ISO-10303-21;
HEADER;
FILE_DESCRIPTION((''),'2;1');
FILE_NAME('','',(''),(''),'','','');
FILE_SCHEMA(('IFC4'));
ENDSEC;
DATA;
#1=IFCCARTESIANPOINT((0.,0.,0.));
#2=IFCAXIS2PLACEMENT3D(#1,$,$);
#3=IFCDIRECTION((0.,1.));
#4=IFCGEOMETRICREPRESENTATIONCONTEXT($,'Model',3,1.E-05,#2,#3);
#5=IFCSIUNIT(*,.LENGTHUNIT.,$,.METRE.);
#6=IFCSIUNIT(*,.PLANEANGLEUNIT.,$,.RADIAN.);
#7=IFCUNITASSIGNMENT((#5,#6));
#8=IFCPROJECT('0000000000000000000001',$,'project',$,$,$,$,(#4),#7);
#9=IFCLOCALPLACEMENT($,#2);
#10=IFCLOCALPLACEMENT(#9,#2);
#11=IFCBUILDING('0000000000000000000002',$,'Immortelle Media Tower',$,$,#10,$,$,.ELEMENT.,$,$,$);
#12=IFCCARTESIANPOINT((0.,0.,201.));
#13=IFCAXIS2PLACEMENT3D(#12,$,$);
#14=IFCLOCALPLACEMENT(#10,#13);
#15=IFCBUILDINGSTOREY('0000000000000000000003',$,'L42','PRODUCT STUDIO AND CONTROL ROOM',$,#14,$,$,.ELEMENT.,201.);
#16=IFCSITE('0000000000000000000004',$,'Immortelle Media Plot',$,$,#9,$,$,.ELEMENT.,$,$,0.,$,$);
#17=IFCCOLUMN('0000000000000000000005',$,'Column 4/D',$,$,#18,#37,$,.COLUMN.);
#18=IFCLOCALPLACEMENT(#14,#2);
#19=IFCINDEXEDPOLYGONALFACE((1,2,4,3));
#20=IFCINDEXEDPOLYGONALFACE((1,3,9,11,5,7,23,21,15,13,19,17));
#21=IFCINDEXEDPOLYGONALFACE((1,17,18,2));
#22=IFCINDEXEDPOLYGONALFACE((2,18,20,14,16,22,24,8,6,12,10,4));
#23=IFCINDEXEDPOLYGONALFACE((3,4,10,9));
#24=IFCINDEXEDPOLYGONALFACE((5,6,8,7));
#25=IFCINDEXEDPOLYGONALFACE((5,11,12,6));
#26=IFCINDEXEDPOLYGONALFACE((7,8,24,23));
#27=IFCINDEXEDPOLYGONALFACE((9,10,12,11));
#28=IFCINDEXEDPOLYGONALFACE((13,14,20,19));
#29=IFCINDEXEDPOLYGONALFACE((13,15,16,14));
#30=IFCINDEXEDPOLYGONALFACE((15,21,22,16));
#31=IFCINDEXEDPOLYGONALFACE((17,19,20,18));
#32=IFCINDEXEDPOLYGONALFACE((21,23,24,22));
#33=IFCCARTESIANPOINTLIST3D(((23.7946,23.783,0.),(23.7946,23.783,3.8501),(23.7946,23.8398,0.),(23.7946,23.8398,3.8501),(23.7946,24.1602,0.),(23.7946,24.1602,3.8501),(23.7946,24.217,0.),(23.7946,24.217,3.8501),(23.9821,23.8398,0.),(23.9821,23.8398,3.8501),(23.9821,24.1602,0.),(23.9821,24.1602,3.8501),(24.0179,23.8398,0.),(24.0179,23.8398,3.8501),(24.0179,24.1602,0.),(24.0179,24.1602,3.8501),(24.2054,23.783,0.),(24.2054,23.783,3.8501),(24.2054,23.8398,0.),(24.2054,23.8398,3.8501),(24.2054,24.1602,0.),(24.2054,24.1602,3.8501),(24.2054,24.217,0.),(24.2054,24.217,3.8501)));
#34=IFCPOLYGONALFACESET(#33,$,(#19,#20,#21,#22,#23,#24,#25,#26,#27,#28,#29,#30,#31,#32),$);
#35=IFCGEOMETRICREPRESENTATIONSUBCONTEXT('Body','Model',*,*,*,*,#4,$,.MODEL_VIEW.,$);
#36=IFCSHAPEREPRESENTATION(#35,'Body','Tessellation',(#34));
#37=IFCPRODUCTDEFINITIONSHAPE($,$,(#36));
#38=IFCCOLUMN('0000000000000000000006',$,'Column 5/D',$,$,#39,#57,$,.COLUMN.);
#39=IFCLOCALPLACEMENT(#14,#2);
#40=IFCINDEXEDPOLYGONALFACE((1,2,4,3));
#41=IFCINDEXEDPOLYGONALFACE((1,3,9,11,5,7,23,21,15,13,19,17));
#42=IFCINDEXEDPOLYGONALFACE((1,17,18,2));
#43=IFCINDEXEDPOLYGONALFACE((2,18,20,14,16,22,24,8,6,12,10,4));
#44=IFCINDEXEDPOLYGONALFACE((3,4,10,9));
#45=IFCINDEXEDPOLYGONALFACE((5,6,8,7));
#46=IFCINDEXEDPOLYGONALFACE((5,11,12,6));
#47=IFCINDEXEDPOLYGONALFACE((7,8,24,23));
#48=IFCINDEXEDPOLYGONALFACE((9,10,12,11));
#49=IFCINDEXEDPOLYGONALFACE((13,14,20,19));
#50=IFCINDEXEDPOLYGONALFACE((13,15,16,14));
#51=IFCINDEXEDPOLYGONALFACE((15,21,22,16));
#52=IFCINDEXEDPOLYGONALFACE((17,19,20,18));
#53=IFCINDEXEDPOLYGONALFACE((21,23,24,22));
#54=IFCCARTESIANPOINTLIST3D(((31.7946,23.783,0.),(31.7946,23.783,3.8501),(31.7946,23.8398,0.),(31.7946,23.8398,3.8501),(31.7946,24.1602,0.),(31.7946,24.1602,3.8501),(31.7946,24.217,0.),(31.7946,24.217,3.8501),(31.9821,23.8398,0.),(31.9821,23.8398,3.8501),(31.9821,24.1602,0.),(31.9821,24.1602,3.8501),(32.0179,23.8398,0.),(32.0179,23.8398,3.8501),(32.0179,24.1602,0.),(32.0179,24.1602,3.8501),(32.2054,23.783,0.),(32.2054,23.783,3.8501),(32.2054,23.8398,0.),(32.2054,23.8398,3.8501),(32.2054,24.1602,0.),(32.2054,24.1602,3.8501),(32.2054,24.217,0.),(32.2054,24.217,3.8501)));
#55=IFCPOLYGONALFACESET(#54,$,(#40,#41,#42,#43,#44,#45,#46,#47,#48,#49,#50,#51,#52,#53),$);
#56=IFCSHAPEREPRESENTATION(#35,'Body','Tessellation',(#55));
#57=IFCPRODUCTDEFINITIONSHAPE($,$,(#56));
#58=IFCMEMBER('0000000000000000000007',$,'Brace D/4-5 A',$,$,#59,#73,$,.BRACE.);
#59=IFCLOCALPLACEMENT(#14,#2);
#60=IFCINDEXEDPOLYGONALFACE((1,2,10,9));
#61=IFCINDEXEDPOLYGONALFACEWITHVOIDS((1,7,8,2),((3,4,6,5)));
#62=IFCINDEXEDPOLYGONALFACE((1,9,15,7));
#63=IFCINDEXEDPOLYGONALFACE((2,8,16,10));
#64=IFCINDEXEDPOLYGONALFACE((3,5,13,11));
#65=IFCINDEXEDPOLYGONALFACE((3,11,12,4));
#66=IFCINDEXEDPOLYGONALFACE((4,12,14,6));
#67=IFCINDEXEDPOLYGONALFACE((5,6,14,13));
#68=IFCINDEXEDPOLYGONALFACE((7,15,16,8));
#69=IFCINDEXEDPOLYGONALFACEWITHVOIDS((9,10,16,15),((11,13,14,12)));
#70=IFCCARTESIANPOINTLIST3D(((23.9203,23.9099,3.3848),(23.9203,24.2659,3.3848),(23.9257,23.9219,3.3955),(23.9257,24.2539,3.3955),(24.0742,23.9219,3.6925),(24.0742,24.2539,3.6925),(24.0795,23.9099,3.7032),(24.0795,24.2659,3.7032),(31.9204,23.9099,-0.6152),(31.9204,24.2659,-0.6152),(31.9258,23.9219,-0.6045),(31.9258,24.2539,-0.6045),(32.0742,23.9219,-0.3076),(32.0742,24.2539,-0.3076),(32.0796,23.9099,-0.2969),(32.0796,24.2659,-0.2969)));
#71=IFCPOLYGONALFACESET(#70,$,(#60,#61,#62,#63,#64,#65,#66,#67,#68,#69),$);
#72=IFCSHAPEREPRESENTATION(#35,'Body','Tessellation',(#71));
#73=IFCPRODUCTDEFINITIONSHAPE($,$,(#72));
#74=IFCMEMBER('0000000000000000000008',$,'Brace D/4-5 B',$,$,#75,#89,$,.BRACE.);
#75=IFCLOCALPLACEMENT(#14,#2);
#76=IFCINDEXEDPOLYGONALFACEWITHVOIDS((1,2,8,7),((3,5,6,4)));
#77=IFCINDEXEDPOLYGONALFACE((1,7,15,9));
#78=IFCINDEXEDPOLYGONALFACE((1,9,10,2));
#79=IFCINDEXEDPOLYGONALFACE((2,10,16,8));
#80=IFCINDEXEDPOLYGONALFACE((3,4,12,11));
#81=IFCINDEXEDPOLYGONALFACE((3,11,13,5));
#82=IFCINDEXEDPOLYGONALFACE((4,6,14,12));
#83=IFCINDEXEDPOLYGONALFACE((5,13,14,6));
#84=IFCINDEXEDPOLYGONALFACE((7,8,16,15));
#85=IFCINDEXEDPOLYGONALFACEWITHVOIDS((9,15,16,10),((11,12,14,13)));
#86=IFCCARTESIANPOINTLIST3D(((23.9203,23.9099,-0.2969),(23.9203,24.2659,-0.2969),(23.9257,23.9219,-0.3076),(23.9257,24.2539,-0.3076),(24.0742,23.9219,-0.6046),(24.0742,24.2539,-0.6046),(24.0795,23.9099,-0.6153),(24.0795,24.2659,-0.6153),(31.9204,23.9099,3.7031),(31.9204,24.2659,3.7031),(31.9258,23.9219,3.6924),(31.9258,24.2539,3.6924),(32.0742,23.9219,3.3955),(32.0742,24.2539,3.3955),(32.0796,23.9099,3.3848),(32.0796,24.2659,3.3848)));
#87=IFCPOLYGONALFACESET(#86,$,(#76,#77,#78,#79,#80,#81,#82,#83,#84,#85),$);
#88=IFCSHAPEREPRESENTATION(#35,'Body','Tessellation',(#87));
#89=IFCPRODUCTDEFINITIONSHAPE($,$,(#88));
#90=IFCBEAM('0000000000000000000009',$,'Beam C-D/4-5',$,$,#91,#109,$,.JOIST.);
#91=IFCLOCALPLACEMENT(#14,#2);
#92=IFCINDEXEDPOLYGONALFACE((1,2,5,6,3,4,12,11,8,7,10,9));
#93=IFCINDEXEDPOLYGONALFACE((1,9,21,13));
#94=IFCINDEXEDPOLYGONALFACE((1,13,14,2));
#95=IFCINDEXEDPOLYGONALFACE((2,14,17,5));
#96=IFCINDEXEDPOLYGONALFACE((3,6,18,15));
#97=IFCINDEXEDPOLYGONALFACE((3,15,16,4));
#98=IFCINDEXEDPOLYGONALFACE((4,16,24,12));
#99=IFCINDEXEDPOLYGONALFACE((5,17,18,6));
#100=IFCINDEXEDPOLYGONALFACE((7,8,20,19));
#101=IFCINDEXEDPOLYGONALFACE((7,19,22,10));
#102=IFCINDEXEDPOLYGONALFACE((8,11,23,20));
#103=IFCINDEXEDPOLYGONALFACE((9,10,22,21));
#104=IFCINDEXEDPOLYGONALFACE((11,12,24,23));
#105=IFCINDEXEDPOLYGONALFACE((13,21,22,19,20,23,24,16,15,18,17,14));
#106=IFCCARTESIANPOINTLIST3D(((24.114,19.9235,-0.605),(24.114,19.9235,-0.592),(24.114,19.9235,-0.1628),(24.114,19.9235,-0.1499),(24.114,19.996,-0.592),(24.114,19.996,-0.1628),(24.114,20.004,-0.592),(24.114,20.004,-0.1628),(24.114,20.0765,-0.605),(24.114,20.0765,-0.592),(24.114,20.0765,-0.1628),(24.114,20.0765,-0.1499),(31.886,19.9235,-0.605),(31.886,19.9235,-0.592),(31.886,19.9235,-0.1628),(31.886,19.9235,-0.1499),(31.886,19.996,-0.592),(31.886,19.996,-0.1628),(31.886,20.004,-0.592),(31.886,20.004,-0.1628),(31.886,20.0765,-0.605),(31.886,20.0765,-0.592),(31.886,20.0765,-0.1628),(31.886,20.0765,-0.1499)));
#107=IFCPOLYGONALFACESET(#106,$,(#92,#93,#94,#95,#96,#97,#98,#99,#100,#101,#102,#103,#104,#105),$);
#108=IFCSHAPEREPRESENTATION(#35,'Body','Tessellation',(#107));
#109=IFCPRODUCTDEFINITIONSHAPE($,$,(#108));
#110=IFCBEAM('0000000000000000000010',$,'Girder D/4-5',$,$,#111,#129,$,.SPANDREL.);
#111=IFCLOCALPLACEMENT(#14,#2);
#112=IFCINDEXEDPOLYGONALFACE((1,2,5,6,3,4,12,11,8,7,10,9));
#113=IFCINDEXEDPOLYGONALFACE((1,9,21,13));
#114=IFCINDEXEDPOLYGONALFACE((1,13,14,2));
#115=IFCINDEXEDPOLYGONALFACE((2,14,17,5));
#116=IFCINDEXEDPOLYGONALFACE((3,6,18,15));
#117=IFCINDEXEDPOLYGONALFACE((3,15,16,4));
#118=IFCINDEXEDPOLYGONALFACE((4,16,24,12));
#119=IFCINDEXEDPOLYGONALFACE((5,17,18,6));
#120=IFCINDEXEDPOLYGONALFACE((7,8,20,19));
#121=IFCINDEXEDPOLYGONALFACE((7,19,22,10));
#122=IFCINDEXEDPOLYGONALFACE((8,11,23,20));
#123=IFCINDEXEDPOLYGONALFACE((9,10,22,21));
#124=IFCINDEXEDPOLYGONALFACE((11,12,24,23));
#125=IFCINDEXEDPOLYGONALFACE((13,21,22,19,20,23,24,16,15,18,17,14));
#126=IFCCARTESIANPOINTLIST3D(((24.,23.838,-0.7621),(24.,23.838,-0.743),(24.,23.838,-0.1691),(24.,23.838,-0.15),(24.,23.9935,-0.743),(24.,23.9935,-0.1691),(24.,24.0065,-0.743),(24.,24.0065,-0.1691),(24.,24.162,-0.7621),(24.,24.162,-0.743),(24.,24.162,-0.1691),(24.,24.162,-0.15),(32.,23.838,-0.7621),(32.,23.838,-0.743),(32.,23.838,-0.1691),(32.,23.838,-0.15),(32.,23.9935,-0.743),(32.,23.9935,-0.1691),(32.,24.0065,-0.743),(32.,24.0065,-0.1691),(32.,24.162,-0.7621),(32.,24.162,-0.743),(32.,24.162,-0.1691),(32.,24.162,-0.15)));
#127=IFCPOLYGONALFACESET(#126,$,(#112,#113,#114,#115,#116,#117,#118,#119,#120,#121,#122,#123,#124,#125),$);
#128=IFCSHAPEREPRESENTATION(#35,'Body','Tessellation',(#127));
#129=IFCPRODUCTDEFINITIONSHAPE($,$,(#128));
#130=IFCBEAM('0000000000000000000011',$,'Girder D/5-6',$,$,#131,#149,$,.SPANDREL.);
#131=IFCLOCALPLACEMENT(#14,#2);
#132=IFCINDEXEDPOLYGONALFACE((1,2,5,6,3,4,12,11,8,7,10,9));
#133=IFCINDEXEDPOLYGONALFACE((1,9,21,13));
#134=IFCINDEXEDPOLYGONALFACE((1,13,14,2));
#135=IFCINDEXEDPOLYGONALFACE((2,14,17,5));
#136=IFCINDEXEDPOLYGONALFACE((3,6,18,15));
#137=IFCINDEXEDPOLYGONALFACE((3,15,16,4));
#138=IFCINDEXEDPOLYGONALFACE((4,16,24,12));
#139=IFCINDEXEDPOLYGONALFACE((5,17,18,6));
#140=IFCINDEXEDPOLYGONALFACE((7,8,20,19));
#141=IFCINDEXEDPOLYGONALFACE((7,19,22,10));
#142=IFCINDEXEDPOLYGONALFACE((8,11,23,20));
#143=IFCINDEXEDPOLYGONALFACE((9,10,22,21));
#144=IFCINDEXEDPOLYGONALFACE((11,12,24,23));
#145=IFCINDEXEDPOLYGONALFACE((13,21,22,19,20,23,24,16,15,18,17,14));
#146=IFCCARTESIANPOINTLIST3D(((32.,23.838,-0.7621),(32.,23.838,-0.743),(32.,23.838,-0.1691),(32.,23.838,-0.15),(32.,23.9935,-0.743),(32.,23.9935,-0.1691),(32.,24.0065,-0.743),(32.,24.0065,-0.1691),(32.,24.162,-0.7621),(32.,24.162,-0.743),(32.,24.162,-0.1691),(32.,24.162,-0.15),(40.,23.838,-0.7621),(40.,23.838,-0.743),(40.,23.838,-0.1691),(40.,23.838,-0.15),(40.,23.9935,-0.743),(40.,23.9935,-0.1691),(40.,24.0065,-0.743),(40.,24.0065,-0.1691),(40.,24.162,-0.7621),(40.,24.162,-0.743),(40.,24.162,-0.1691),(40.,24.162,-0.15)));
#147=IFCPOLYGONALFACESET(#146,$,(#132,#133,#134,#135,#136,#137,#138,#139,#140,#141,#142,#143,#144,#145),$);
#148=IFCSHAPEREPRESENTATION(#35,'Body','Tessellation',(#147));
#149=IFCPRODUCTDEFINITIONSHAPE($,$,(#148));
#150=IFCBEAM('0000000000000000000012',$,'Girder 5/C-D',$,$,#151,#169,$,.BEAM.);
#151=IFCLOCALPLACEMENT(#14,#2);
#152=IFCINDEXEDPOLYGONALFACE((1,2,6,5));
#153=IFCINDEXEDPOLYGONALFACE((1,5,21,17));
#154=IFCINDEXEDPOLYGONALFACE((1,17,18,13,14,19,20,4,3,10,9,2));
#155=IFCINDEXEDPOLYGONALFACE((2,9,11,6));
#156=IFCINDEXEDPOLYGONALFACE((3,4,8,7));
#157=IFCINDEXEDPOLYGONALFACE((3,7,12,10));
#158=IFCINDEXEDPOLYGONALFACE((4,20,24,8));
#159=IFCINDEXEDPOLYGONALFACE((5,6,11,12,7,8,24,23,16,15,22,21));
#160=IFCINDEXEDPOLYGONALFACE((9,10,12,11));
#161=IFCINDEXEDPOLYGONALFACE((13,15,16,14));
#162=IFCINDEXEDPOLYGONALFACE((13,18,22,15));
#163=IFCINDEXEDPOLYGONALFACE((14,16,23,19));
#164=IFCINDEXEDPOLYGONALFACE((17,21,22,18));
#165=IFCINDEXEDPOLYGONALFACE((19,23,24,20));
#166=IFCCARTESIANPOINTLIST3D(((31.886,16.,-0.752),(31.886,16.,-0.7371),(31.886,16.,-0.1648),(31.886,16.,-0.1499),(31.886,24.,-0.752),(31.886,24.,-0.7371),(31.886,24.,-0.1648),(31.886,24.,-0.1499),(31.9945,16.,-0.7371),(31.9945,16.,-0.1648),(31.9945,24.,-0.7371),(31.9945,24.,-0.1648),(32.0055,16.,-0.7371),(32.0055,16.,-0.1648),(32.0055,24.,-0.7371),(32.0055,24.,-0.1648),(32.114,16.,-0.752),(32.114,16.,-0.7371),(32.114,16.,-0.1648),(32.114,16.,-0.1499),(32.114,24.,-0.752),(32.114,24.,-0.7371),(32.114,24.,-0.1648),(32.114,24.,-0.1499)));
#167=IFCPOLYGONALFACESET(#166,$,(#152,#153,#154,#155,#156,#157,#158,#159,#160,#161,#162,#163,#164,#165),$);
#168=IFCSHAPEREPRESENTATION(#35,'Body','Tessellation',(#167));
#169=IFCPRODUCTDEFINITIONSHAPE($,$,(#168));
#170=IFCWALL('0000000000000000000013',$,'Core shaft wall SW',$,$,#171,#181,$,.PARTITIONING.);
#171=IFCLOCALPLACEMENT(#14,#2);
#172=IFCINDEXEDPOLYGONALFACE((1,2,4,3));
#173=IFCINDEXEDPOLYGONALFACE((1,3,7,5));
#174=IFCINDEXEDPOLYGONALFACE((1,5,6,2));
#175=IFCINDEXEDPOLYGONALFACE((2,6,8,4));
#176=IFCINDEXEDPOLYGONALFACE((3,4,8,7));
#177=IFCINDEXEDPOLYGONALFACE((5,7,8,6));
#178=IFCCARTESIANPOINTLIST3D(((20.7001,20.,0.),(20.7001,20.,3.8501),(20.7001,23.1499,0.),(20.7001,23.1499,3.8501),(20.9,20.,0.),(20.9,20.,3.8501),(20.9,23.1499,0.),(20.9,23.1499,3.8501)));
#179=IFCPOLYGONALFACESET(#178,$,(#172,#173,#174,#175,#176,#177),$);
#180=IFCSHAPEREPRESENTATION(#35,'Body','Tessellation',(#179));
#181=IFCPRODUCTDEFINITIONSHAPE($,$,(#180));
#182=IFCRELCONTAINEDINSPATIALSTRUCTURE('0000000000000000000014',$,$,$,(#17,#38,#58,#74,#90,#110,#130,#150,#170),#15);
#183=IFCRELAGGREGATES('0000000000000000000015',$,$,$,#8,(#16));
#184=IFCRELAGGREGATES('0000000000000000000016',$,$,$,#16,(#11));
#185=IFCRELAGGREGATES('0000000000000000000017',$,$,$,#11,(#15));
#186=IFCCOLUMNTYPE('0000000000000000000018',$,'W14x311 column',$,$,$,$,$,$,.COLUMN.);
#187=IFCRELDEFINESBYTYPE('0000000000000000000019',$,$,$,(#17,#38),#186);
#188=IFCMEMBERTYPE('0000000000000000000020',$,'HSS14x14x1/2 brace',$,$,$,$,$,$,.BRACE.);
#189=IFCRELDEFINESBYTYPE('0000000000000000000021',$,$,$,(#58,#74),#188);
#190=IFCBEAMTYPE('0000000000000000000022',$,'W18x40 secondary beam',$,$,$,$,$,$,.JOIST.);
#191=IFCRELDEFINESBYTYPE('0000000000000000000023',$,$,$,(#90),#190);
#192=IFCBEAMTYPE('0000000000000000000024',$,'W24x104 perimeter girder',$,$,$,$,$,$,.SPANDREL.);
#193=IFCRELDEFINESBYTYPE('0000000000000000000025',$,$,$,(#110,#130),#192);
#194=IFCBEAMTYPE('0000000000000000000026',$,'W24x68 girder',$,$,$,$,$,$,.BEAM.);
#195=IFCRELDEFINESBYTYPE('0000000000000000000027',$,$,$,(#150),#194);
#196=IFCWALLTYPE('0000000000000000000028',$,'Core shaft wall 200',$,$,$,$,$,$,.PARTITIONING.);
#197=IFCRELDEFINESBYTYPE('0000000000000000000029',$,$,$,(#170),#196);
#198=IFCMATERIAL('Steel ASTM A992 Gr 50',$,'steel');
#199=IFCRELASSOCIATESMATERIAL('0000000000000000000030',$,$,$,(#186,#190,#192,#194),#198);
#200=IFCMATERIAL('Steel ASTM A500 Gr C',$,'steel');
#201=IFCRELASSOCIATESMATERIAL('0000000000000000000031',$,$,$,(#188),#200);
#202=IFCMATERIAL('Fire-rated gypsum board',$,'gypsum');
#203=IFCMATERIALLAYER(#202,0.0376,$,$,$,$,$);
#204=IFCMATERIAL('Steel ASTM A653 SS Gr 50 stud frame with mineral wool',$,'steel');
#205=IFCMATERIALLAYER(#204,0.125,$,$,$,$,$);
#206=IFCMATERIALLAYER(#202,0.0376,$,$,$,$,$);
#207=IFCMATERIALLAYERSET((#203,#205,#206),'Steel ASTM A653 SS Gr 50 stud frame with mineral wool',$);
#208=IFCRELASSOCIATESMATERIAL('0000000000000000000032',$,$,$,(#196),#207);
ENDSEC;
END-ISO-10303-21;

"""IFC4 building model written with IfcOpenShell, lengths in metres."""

from ifc_helpers import new_model, si_unit, direction, frame, frame_2d, origin, origin_2d, place, context, subcontext, project, spatial, rectangle, hollow_rectangle, i_section, extrude, material, layer, layer_set, material_profile, profile_set, type_object, element, save


model = new_model("IFC4")

# Units and contexts
model_context = context("Model", 3, precision=1e-05, world=origin(), true_north=direction((0.0, 1.0)))
body_context = subcontext(model_context, "Body", "Model", "MODEL_VIEW")
ifc_project = project(units=[si_unit("LENGTHUNIT", "METRE"), si_unit("PLANEANGLEUNIT", "RADIAN")], contexts=[model_context])

# Site, building, storey
site_placement = place(None, origin())
site = spatial("IfcSite", under=ifc_project, at=site_placement, Name="Immortelle Media Plot", CompositionType="ELEMENT", RefElevation=0.0)
building_placement = place(site_placement, origin())
building = spatial("IfcBuilding", under=site, at=building_placement, Name="Immortelle Media Tower", CompositionType="ELEMENT")
storey_placement = place(building_placement, frame((0.0, 0.0, 201.0)))
storey = spatial("IfcBuildingStorey", under=building, at=storey_placement, Name="L42", Description="PRODUCT STUDIO AND CONTROL ROOM", CompositionType="ELEMENT", Elevation=201.0)

# Columns
ifc_material_1 = material(Name="Steel ASTM A992 Gr 50", Category="steel")
ifc_material_profile_1 = material_profile(ifc_material_1, i_section(OverallWidth=0.4109, OverallDepth=0.4341, WebThickness=0.0359, FlangeThickness=0.0569, at=origin_2d()), Name="W14x311")
ifc_profile_set_1 = profile_set([ifc_material_profile_1], Name="Steel ASTM A992 Gr 50")
column_type = type_object("IfcColumnType", Name="W14x311 column", PredefinedType="COLUMN", material=ifc_profile_set_1)
for number, where, z_axis, x_axis, name in (
    (1, (24.0, 24.0, 0.0), (0.0, 0.0, 1.0), (1.0, 0.0, 0.0), "Column 4/D"),
    (2, (32.0, 24.0, 0.0), (0.0, 0.0, 1.0), (1.0, 0.0, 0.0), "Column 5/D"),
):
    element("IfcColumn", number, at=place(storey_placement, frame(where, z_axis=z_axis, x_axis=x_axis)), inside=storey, type_object=column_type, Name=name, PredefinedType="COLUMN", context=body_context, shape_type="SweptSolid", body=[
        extrude(i_section(OverallWidth=0.4109, OverallDepth=0.4341, WebThickness=0.0359, FlangeThickness=0.0569, at=origin_2d()), origin(), (0.0, 0.0, 1.0), 3.8501),
    ])

# Members
ifc_material_2 = material(Name="Steel ASTM A500 Gr C", Category="steel")
ifc_material_profile_2 = material_profile(ifc_material_2, hollow_rectangle(XDim=0.356, YDim=0.356, WallThickness=0.012, at=origin_2d()), Name="HSS14x14x1/2 brace")
ifc_profile_set_2 = profile_set([ifc_material_profile_2], Name="Steel ASTM A500 Gr C")
member_type = type_object("IfcMemberType", Name="HSS14x14x1/2 brace", PredefinedType="BRACE", material=ifc_profile_set_2)
for number, where, z_axis, x_axis, name in (
    (3, (32.0, 24.0879, -0.4561), (-0.894427, 0.0, 0.447214), (0.0, -1.0, 0.0), "Brace D/4-5 A"),
    (4, (32.0, 24.0879, 3.5439), (-0.894427, 0.0, -0.447214), (0.0, -1.0, 0.0), "Brace D/4-5 B"),
):
    element("IfcMember", number, at=place(storey_placement, frame(where, z_axis=z_axis, x_axis=x_axis)), inside=storey, type_object=member_type, Name=name, PredefinedType="BRACE", context=body_context, shape_type="SweptSolid", body=[
        extrude(hollow_rectangle(XDim=0.356, YDim=0.356, WallThickness=0.012, at=origin_2d()), origin(), (0.0, 0.0, 1.0), 8.9443),
    ])

# Beams
ifc_material_profile_3 = material_profile(ifc_material_1, i_section(OverallWidth=0.1531, OverallDepth=0.4551, WebThickness=0.0081, FlangeThickness=0.0129, at=origin_2d()), Name="W18x40")
ifc_profile_set_3 = profile_set([ifc_material_profile_3], Name="Steel ASTM A992 Gr 50")
beam_type_1 = type_object("IfcBeamType", Name="W18x40 secondary beam", PredefinedType="JOIST", material=ifc_profile_set_3)
beam_1_placement = place(storey_placement, frame((24.114, 20.0, -0.3774), z_axis=(1.0, 0.0, 0.0), x_axis=(0.0, 1.0, 0.0)))
element("IfcBeam", 5, at=beam_1_placement, inside=storey, type_object=beam_type_1, Name="Beam C-D/4-5", PredefinedType="JOIST", context=body_context, shape_type="SweptSolid", body=[
    extrude(i_section(OverallWidth=0.1531, OverallDepth=0.4551, WebThickness=0.0081, FlangeThickness=0.0129, at=origin_2d()), origin(), (0.0, 0.0, 1.0), 7.772),
])
ifc_material_profile_4 = material_profile(ifc_material_1, i_section(OverallWidth=0.324, OverallDepth=0.6121, WebThickness=0.0129, FlangeThickness=0.019, at=origin_2d()), Name="W24x104")
ifc_profile_set_4 = profile_set([ifc_material_profile_4], Name="Steel ASTM A992 Gr 50")
beam_type_2 = type_object("IfcBeamType", Name="W24x104 perimeter girder", PredefinedType="SPANDREL", material=ifc_profile_set_4)
for number, where, z_axis, x_axis, name in (
    (6, (24.0, 24.0, -0.4561), (1.0, 0.0, 0.0), (0.0, 1.0, 0.0), "Girder D/4-5"),
    (7, (32.0, 24.0, -0.4561), (1.0, 0.0, 0.0), (0.0, 1.0, 0.0), "Girder D/5-6"),
):
    element("IfcBeam", number, at=place(storey_placement, frame(where, z_axis=z_axis, x_axis=x_axis)), inside=storey, type_object=beam_type_2, Name=name, PredefinedType="SPANDREL", context=body_context, shape_type="SweptSolid", body=[
        extrude(i_section(OverallWidth=0.324, OverallDepth=0.6121, WebThickness=0.0129, FlangeThickness=0.019, at=origin_2d()), origin(), (0.0, 0.0, 1.0), 8.0),
    ])
ifc_material_profile_5 = material_profile(ifc_material_1, i_section(OverallWidth=0.228, OverallDepth=0.6021, WebThickness=0.011, FlangeThickness=0.0149, at=origin_2d()), Name="W24x68")
ifc_profile_set_5 = profile_set([ifc_material_profile_5], Name="Steel ASTM A992 Gr 50")
beam_type_3 = type_object("IfcBeamType", Name="W24x68 girder", PredefinedType="BEAM", material=ifc_profile_set_5)
beam_2_placement = place(storey_placement, frame((32.0, 16.0, -0.4509), z_axis=(0.0, 1.0, 0.0), x_axis=(-1.0, 0.0, 0.0)))
element("IfcBeam", 8, at=beam_2_placement, inside=storey, type_object=beam_type_3, Name="Girder 5/C-D", PredefinedType="BEAM", context=body_context, shape_type="SweptSolid", body=[
    extrude(i_section(OverallWidth=0.228, OverallDepth=0.6021, WebThickness=0.011, FlangeThickness=0.0149, at=origin_2d()), origin(), (0.0, 0.0, 1.0), 8.0),
])

# Wall
ifc_material_3 = material(Name="Fire-rated gypsum board", Category="gypsum")
ifc_layer_1 = layer(ifc_material_3, 0.0376)
ifc_material_4 = material(Name="Steel ASTM A653 SS Gr 50 stud frame with mineral wool", Category="steel")
ifc_layer_2 = layer(ifc_material_4, 0.125)
ifc_layer_3 = layer(ifc_material_3, 0.0376)
ifc_layer_set_1 = layer_set([ifc_layer_1, ifc_layer_2, ifc_layer_3], Name="Steel ASTM A653 SS Gr 50 stud frame with mineral wool")
wall_type_1 = type_object("IfcWallType", Name="Core shaft wall 200", PredefinedType="PARTITIONING", material=ifc_layer_set_1)
wall_1_placement = place(storey_placement, frame((20.8, 20.0, 0.0), z_axis=(0.0, 0.0, 1.0), x_axis=(0.0, 1.0, 0.0)))
element("IfcWall", 9, at=wall_1_placement, inside=storey, type_object=wall_type_1, Name="Core shaft wall SW", PredefinedType="PARTITIONING", context=body_context, shape_type="SweptSolid", body=[
    extrude(rectangle(XDim=3.1499, YDim=0.2, at=frame_2d((1.575, 0.0))), origin(), (0.0, 0.0, 1.0), 3.8501),
])

save(model, "model.ifc")
